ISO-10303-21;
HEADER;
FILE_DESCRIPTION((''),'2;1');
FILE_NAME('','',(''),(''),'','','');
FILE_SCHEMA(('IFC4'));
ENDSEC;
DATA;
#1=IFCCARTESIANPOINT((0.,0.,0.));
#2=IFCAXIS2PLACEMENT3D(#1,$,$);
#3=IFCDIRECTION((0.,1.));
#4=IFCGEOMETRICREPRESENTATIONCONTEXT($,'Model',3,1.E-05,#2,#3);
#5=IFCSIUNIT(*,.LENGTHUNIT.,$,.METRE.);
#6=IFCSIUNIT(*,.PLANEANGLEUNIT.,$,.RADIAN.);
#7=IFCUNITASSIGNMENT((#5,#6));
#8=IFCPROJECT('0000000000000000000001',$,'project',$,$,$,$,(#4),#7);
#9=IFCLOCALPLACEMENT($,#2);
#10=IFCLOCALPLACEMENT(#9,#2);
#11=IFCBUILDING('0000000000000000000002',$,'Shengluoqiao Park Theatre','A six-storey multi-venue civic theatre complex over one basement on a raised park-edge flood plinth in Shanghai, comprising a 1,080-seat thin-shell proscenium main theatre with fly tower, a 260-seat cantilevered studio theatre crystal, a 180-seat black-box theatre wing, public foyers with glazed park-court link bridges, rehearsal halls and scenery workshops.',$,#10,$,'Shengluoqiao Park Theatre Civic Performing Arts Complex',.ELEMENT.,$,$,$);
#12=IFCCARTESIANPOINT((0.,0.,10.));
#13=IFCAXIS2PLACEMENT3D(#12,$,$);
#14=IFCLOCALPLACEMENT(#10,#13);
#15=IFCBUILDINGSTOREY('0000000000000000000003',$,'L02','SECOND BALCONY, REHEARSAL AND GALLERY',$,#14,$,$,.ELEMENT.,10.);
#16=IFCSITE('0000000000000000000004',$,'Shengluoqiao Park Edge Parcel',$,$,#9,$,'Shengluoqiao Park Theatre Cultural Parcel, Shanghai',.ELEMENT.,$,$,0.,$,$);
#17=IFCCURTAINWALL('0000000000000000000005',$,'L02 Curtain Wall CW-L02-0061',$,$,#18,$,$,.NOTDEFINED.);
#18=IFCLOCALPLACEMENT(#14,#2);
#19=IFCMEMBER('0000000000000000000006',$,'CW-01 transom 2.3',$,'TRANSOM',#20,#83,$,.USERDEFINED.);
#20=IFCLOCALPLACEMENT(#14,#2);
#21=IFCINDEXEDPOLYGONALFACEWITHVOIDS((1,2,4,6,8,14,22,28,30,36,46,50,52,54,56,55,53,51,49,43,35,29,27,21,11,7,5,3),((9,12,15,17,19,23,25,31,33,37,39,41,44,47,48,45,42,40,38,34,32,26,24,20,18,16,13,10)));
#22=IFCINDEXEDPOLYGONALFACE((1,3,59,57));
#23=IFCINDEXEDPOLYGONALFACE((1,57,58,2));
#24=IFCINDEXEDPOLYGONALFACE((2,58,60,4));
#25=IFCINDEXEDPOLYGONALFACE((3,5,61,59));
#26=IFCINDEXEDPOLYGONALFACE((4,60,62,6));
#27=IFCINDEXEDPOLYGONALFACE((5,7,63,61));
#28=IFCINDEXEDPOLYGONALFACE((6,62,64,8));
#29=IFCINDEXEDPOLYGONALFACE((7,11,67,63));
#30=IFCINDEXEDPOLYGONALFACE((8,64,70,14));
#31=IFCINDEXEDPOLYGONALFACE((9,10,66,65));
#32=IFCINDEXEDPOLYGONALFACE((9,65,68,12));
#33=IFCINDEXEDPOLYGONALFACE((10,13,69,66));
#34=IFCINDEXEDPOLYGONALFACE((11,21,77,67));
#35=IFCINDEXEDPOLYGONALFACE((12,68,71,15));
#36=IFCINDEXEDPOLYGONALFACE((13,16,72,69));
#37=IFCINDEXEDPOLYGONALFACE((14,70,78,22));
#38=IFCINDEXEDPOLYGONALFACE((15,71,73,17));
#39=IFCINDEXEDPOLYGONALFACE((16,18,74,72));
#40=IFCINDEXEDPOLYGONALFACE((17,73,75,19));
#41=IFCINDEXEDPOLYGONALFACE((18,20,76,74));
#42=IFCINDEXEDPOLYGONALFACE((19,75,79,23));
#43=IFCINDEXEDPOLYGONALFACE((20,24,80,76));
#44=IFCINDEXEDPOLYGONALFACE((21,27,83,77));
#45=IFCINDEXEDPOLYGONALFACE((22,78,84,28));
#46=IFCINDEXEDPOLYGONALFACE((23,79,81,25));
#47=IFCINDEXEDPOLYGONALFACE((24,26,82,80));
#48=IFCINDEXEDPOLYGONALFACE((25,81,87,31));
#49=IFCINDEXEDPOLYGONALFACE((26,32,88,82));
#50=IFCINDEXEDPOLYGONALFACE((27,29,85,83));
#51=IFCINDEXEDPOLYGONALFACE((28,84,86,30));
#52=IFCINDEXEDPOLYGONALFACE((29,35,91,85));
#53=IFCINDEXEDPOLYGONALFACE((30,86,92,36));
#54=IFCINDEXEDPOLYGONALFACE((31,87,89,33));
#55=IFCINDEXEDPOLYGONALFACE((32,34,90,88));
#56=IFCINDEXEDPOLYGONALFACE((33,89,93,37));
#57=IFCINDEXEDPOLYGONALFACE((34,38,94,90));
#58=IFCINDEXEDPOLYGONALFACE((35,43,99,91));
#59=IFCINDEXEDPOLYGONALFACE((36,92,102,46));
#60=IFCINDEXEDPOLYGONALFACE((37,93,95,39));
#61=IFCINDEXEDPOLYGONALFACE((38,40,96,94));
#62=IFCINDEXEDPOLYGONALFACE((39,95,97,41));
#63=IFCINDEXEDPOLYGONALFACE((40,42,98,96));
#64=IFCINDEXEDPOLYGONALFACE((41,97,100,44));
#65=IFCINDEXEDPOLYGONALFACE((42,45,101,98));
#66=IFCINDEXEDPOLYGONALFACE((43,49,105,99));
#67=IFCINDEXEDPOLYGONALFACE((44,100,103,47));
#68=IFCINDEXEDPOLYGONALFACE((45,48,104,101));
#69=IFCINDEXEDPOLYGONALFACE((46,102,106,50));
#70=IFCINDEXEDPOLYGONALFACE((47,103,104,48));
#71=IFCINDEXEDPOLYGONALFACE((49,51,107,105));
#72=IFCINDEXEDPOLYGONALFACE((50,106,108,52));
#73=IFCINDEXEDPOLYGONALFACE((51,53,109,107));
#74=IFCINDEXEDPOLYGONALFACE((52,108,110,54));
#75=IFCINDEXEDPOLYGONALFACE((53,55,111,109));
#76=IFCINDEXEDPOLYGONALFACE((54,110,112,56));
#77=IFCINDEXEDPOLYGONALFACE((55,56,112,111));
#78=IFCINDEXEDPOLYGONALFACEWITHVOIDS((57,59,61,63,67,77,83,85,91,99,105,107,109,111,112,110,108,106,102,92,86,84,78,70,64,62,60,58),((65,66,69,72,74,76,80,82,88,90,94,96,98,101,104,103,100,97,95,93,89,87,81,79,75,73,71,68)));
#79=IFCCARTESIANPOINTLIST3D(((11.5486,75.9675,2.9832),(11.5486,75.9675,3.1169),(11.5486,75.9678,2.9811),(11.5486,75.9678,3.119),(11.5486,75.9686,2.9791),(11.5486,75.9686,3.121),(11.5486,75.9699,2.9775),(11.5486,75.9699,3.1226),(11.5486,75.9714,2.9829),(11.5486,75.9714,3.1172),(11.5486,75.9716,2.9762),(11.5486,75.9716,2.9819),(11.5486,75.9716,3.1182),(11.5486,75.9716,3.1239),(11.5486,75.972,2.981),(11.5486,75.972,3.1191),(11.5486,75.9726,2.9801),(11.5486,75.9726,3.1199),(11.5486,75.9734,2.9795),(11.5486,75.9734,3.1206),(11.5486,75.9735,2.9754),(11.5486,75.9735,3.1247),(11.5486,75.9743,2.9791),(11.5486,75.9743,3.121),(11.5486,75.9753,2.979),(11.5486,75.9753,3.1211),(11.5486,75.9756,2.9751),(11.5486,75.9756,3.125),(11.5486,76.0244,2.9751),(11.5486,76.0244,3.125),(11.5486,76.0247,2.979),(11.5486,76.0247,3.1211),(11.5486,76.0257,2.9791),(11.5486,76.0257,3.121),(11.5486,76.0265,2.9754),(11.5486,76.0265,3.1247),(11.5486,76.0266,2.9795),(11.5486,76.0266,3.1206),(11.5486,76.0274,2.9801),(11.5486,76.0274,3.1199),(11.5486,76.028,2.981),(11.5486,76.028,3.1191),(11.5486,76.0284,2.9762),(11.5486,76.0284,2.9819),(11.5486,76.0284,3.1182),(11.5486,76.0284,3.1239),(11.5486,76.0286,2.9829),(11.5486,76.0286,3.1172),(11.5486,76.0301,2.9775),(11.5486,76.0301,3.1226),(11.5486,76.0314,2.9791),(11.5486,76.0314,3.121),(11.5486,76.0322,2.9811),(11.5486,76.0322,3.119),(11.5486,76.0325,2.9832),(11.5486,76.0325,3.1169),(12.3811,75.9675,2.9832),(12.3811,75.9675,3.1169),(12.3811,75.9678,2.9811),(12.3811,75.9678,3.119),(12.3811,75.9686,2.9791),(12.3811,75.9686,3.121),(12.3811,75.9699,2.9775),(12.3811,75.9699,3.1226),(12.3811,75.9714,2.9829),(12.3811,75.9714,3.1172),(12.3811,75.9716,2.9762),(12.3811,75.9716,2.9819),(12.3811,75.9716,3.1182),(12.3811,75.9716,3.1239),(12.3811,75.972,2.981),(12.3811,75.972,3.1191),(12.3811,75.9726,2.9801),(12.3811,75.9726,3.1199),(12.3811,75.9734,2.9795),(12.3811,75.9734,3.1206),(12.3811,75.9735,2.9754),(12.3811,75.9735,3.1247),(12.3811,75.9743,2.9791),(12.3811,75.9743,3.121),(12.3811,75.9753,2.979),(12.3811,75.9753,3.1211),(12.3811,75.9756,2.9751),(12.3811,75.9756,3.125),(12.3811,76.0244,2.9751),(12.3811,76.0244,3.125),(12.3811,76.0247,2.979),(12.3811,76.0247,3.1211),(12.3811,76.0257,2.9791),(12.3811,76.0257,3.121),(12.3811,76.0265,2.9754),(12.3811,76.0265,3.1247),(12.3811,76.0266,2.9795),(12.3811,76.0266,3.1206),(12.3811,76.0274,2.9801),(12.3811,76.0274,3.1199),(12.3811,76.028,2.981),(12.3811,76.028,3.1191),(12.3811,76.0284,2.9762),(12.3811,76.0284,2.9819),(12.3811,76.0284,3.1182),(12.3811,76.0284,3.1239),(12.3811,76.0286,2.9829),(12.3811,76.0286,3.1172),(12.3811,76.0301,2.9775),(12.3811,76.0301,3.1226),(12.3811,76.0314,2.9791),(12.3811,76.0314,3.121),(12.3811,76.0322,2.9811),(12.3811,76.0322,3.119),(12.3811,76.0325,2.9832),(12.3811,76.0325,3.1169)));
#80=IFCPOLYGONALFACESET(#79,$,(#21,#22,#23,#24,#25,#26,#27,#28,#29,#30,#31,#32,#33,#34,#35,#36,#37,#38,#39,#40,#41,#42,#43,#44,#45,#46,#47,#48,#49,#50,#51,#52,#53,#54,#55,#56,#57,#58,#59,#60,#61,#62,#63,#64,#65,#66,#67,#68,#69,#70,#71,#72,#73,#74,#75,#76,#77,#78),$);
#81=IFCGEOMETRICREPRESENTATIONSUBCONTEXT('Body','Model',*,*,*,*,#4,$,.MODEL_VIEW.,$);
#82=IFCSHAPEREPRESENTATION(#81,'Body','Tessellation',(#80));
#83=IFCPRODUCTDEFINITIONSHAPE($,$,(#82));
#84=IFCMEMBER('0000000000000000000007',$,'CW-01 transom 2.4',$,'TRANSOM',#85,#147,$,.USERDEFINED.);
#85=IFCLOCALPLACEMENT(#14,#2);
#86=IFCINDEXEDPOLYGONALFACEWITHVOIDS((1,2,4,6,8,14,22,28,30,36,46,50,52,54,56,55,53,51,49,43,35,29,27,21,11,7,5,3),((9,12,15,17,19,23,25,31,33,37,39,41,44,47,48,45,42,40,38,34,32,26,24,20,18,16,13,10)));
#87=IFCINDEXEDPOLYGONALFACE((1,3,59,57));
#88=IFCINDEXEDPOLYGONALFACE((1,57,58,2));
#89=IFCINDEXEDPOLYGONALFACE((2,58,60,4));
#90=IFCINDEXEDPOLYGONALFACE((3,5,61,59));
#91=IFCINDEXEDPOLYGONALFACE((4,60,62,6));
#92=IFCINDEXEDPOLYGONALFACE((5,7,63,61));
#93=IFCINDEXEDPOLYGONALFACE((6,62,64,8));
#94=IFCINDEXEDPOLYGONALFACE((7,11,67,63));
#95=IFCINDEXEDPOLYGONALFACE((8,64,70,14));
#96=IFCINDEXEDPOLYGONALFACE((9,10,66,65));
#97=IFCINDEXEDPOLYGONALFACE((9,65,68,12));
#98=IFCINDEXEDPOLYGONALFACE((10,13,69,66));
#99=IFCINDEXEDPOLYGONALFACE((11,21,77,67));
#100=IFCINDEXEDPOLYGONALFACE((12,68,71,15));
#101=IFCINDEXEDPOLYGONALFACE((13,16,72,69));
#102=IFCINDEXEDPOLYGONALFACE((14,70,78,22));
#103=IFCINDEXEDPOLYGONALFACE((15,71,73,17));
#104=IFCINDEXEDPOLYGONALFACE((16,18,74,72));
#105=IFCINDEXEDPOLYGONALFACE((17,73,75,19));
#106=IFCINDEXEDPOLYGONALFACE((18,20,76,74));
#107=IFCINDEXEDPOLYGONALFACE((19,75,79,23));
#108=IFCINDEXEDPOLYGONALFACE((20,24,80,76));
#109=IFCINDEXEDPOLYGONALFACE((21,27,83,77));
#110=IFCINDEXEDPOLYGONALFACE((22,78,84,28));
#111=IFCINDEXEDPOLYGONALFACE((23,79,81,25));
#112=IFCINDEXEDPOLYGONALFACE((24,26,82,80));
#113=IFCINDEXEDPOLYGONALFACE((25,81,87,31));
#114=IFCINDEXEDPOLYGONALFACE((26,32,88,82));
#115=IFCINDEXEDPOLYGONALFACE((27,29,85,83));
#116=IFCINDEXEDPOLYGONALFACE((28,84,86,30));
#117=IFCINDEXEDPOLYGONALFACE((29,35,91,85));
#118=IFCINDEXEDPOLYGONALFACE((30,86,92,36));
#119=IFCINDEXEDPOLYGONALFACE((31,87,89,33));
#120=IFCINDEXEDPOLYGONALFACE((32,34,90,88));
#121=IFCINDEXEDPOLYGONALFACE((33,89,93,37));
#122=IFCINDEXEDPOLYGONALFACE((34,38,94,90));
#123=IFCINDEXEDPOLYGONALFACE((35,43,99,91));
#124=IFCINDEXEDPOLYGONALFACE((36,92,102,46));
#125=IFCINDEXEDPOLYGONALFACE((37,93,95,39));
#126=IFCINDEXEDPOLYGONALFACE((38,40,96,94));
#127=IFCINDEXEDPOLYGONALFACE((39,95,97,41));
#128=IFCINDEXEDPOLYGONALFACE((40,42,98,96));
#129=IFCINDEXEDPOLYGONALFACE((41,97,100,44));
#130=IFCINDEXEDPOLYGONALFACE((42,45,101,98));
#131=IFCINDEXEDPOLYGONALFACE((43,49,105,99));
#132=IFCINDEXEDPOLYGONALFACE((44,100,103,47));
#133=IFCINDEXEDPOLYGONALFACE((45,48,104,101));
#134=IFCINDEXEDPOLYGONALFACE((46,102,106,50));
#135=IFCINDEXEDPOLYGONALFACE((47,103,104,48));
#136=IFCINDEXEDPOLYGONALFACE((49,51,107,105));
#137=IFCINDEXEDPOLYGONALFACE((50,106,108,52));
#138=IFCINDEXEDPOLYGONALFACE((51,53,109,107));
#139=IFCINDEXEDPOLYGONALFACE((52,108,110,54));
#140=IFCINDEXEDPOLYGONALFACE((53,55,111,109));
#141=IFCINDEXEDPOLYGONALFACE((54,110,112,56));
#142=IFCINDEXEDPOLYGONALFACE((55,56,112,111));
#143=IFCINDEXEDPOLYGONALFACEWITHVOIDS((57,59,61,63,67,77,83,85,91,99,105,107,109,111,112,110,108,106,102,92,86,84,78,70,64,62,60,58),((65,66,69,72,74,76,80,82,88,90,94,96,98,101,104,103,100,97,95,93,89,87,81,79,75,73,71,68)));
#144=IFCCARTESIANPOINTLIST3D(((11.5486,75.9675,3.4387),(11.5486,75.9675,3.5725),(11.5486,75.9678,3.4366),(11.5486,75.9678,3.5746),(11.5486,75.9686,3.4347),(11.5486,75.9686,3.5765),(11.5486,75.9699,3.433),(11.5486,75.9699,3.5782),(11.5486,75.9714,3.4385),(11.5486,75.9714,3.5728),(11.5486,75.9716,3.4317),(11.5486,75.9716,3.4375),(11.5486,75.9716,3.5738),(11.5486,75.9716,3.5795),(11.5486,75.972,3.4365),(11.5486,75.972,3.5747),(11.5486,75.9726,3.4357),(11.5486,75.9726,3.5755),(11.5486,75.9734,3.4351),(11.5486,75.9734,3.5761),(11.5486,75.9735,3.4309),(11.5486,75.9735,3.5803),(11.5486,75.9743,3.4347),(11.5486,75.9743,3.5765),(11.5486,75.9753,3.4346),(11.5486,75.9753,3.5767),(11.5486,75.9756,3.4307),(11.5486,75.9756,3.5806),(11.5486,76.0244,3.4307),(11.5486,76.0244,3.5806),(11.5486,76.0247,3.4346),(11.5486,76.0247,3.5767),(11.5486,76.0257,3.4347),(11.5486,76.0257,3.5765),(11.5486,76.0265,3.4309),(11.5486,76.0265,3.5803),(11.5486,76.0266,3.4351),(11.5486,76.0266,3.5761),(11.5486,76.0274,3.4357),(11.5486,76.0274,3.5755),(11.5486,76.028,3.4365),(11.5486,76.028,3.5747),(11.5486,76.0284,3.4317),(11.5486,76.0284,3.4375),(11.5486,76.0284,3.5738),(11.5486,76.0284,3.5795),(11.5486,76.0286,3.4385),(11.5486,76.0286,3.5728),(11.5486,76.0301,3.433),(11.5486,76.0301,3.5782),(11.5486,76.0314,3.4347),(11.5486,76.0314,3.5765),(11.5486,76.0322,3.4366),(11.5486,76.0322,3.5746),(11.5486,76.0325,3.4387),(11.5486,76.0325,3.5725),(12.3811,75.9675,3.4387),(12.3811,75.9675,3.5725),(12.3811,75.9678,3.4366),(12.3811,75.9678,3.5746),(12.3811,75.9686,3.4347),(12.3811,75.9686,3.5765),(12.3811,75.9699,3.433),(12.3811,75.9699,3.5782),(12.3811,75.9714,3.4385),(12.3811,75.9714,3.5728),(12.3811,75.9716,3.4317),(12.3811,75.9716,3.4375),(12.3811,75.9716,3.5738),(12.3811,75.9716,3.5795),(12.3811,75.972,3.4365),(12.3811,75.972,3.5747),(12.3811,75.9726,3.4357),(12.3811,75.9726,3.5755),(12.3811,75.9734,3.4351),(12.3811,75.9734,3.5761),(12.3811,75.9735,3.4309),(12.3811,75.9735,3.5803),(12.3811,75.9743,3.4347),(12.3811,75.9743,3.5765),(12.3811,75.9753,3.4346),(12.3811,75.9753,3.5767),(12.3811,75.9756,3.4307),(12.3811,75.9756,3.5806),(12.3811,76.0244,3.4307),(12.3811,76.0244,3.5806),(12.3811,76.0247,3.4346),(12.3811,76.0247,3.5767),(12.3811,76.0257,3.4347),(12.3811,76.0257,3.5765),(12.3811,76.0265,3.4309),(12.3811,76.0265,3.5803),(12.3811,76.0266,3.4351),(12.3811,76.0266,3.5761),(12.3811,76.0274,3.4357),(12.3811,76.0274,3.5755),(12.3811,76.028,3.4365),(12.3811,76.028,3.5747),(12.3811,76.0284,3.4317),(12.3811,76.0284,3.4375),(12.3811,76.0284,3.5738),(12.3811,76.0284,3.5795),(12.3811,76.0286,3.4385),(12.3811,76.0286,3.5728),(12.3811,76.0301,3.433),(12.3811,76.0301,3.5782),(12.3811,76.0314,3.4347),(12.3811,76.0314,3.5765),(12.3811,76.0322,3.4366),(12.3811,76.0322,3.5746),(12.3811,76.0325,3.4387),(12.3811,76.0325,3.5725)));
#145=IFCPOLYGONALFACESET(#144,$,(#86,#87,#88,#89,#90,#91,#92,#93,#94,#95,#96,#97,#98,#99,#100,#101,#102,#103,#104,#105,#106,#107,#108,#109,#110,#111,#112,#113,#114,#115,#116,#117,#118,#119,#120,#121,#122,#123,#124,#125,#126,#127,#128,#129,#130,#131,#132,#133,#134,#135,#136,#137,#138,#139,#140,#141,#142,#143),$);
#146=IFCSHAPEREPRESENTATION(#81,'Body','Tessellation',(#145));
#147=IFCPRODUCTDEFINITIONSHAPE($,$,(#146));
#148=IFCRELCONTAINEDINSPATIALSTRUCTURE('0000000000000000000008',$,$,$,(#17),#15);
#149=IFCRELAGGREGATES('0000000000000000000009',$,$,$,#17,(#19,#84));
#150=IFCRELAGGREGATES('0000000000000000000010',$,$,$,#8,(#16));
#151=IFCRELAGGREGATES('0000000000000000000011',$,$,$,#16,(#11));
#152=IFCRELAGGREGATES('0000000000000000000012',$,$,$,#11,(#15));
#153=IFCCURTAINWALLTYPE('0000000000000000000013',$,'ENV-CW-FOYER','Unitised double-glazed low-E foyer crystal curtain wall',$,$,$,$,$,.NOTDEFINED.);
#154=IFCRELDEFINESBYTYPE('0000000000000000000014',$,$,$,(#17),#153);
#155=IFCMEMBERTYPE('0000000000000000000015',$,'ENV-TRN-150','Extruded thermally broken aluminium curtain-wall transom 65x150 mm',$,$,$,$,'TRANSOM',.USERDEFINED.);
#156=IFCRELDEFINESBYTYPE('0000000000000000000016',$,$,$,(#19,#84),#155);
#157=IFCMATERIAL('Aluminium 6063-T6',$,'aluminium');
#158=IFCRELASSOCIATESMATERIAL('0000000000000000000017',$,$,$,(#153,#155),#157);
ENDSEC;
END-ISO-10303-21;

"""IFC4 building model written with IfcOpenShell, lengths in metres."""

from ifc_helpers import new_model, si_unit, direction, frame, origin, origin_2d, place, context, subcontext, project, spatial, hollow_rectangle, extrude, material, material_profile, profile_set, type_object, element, aggregate, save


model = new_model("IFC4")

# Units and contexts
model_context = context("Model", 3, precision=1e-05, world=origin(), true_north=direction((0.0, 1.0)))
body_context = subcontext(model_context, "Body", "Model", "MODEL_VIEW")
ifc_project = project(units=[si_unit("LENGTHUNIT", "METRE"), si_unit("PLANEANGLEUNIT", "RADIAN")], contexts=[model_context])

# Site, building, storey
site_placement = place(None, origin())
site = spatial("IfcSite", under=ifc_project, at=site_placement, Name="Shengluoqiao Park Edge Parcel", LongName="Shengluoqiao Park Theatre Cultural Parcel, Shanghai", CompositionType="ELEMENT", RefElevation=0.0)
building_placement = place(site_placement, origin())
building = spatial("IfcBuilding", under=site, at=building_placement, Name="Shengluoqiao Park Theatre", Description="A six-storey multi-venue civic theatre complex over one basement on a raised park-edge flood plinth in Shanghai, comprising a 1,080-seat thin-shell proscenium main theatre with fly tower, a 260-seat cantilevered studio theatre crystal, a 180-seat black-box theatre wing, public foyers with glazed park-court link bridges, rehearsal halls and scenery workshops.", LongName="Shengluoqiao Park Theatre Civic Performing Arts Complex", CompositionType="ELEMENT")
storey_placement = place(building_placement, frame((0.0, 0.0, 10.0)))
storey = spatial("IfcBuildingStorey", under=building, at=storey_placement, Name="L02", Description="SECOND BALCONY, REHEARSAL AND GALLERY", CompositionType="ELEMENT", Elevation=10.0)

# Curtain wall
ifc_material_1 = material(Name="Aluminium 6063-T6", Category="aluminium")
curtain_wall_type = type_object("IfcCurtainWallType", Name="ENV-CW-FOYER", Description="Unitised double-glazed low-E foyer crystal curtain wall", PredefinedType="NOTDEFINED", material=ifc_material_1)
curtain_wall_1_placement = place(storey_placement, origin())
curtain_wall_1 = element("IfcCurtainWall", 1, at=curtain_wall_1_placement, inside=storey, type_object=curtain_wall_type, Name="L02 Curtain Wall CW-L02-0061", PredefinedType="NOTDEFINED")

# Members
ifc_material_profile_1 = material_profile(ifc_material_1, hollow_rectangle(XDim=0.0649, YDim=0.1499, WallThickness=0.0039, InnerFilletRadius=0.0039, OuterFilletRadius=0.0081, at=origin_2d()), Name="ALU TRANSOM 150x65x4")
ifc_profile_set_1 = profile_set([ifc_material_profile_1], Name="Aluminium 6063-T6")
member_type_1 = type_object("IfcMemberType", Name="ENV-TRN-150", Description="Extruded thermally broken aluminium curtain-wall transom 65x150 mm", ElementType="TRANSOM", PredefinedType="USERDEFINED", material=ifc_profile_set_1)
member_1_placement = place(storey_placement, frame((11.5486, 76.0, 3.05), z_axis=(1.0, 0.0, 0.0), x_axis=(0.0, 1.0, 0.0)))
member_1 = element("IfcMember", 2, at=member_1_placement, type_object=member_type_1, Name="CW-01 transom 2.3", ObjectType="TRANSOM", PredefinedType="USERDEFINED", context=body_context, shape_type="SweptSolid", body=[
    extrude(hollow_rectangle(XDim=0.0649, YDim=0.1499, WallThickness=0.0039, InnerFilletRadius=0.0039, OuterFilletRadius=0.0081, at=origin_2d()), origin(), (0.0, 0.0, 1.0), 0.8325),
])
member_2_placement = place(storey_placement, frame((11.5486, 76.0, 3.5056), z_axis=(1.0, 0.0, 0.0), x_axis=(0.0, 1.0, 0.0)))
member_2 = element("IfcMember", 3, at=member_2_placement, type_object=member_type_1, Name="CW-01 transom 2.4", ObjectType="TRANSOM", PredefinedType="USERDEFINED", context=body_context, shape_type="SweptSolid", body=[
    extrude(hollow_rectangle(XDim=0.0649, YDim=0.1499, WallThickness=0.0039, InnerFilletRadius=0.0039, OuterFilletRadius=0.0081, at=origin_2d()), origin(), (0.0, 0.0, 1.0), 0.8325),
])

aggregate(curtain_wall_1, [member_1, member_2])

save(model, "model.ifc")
